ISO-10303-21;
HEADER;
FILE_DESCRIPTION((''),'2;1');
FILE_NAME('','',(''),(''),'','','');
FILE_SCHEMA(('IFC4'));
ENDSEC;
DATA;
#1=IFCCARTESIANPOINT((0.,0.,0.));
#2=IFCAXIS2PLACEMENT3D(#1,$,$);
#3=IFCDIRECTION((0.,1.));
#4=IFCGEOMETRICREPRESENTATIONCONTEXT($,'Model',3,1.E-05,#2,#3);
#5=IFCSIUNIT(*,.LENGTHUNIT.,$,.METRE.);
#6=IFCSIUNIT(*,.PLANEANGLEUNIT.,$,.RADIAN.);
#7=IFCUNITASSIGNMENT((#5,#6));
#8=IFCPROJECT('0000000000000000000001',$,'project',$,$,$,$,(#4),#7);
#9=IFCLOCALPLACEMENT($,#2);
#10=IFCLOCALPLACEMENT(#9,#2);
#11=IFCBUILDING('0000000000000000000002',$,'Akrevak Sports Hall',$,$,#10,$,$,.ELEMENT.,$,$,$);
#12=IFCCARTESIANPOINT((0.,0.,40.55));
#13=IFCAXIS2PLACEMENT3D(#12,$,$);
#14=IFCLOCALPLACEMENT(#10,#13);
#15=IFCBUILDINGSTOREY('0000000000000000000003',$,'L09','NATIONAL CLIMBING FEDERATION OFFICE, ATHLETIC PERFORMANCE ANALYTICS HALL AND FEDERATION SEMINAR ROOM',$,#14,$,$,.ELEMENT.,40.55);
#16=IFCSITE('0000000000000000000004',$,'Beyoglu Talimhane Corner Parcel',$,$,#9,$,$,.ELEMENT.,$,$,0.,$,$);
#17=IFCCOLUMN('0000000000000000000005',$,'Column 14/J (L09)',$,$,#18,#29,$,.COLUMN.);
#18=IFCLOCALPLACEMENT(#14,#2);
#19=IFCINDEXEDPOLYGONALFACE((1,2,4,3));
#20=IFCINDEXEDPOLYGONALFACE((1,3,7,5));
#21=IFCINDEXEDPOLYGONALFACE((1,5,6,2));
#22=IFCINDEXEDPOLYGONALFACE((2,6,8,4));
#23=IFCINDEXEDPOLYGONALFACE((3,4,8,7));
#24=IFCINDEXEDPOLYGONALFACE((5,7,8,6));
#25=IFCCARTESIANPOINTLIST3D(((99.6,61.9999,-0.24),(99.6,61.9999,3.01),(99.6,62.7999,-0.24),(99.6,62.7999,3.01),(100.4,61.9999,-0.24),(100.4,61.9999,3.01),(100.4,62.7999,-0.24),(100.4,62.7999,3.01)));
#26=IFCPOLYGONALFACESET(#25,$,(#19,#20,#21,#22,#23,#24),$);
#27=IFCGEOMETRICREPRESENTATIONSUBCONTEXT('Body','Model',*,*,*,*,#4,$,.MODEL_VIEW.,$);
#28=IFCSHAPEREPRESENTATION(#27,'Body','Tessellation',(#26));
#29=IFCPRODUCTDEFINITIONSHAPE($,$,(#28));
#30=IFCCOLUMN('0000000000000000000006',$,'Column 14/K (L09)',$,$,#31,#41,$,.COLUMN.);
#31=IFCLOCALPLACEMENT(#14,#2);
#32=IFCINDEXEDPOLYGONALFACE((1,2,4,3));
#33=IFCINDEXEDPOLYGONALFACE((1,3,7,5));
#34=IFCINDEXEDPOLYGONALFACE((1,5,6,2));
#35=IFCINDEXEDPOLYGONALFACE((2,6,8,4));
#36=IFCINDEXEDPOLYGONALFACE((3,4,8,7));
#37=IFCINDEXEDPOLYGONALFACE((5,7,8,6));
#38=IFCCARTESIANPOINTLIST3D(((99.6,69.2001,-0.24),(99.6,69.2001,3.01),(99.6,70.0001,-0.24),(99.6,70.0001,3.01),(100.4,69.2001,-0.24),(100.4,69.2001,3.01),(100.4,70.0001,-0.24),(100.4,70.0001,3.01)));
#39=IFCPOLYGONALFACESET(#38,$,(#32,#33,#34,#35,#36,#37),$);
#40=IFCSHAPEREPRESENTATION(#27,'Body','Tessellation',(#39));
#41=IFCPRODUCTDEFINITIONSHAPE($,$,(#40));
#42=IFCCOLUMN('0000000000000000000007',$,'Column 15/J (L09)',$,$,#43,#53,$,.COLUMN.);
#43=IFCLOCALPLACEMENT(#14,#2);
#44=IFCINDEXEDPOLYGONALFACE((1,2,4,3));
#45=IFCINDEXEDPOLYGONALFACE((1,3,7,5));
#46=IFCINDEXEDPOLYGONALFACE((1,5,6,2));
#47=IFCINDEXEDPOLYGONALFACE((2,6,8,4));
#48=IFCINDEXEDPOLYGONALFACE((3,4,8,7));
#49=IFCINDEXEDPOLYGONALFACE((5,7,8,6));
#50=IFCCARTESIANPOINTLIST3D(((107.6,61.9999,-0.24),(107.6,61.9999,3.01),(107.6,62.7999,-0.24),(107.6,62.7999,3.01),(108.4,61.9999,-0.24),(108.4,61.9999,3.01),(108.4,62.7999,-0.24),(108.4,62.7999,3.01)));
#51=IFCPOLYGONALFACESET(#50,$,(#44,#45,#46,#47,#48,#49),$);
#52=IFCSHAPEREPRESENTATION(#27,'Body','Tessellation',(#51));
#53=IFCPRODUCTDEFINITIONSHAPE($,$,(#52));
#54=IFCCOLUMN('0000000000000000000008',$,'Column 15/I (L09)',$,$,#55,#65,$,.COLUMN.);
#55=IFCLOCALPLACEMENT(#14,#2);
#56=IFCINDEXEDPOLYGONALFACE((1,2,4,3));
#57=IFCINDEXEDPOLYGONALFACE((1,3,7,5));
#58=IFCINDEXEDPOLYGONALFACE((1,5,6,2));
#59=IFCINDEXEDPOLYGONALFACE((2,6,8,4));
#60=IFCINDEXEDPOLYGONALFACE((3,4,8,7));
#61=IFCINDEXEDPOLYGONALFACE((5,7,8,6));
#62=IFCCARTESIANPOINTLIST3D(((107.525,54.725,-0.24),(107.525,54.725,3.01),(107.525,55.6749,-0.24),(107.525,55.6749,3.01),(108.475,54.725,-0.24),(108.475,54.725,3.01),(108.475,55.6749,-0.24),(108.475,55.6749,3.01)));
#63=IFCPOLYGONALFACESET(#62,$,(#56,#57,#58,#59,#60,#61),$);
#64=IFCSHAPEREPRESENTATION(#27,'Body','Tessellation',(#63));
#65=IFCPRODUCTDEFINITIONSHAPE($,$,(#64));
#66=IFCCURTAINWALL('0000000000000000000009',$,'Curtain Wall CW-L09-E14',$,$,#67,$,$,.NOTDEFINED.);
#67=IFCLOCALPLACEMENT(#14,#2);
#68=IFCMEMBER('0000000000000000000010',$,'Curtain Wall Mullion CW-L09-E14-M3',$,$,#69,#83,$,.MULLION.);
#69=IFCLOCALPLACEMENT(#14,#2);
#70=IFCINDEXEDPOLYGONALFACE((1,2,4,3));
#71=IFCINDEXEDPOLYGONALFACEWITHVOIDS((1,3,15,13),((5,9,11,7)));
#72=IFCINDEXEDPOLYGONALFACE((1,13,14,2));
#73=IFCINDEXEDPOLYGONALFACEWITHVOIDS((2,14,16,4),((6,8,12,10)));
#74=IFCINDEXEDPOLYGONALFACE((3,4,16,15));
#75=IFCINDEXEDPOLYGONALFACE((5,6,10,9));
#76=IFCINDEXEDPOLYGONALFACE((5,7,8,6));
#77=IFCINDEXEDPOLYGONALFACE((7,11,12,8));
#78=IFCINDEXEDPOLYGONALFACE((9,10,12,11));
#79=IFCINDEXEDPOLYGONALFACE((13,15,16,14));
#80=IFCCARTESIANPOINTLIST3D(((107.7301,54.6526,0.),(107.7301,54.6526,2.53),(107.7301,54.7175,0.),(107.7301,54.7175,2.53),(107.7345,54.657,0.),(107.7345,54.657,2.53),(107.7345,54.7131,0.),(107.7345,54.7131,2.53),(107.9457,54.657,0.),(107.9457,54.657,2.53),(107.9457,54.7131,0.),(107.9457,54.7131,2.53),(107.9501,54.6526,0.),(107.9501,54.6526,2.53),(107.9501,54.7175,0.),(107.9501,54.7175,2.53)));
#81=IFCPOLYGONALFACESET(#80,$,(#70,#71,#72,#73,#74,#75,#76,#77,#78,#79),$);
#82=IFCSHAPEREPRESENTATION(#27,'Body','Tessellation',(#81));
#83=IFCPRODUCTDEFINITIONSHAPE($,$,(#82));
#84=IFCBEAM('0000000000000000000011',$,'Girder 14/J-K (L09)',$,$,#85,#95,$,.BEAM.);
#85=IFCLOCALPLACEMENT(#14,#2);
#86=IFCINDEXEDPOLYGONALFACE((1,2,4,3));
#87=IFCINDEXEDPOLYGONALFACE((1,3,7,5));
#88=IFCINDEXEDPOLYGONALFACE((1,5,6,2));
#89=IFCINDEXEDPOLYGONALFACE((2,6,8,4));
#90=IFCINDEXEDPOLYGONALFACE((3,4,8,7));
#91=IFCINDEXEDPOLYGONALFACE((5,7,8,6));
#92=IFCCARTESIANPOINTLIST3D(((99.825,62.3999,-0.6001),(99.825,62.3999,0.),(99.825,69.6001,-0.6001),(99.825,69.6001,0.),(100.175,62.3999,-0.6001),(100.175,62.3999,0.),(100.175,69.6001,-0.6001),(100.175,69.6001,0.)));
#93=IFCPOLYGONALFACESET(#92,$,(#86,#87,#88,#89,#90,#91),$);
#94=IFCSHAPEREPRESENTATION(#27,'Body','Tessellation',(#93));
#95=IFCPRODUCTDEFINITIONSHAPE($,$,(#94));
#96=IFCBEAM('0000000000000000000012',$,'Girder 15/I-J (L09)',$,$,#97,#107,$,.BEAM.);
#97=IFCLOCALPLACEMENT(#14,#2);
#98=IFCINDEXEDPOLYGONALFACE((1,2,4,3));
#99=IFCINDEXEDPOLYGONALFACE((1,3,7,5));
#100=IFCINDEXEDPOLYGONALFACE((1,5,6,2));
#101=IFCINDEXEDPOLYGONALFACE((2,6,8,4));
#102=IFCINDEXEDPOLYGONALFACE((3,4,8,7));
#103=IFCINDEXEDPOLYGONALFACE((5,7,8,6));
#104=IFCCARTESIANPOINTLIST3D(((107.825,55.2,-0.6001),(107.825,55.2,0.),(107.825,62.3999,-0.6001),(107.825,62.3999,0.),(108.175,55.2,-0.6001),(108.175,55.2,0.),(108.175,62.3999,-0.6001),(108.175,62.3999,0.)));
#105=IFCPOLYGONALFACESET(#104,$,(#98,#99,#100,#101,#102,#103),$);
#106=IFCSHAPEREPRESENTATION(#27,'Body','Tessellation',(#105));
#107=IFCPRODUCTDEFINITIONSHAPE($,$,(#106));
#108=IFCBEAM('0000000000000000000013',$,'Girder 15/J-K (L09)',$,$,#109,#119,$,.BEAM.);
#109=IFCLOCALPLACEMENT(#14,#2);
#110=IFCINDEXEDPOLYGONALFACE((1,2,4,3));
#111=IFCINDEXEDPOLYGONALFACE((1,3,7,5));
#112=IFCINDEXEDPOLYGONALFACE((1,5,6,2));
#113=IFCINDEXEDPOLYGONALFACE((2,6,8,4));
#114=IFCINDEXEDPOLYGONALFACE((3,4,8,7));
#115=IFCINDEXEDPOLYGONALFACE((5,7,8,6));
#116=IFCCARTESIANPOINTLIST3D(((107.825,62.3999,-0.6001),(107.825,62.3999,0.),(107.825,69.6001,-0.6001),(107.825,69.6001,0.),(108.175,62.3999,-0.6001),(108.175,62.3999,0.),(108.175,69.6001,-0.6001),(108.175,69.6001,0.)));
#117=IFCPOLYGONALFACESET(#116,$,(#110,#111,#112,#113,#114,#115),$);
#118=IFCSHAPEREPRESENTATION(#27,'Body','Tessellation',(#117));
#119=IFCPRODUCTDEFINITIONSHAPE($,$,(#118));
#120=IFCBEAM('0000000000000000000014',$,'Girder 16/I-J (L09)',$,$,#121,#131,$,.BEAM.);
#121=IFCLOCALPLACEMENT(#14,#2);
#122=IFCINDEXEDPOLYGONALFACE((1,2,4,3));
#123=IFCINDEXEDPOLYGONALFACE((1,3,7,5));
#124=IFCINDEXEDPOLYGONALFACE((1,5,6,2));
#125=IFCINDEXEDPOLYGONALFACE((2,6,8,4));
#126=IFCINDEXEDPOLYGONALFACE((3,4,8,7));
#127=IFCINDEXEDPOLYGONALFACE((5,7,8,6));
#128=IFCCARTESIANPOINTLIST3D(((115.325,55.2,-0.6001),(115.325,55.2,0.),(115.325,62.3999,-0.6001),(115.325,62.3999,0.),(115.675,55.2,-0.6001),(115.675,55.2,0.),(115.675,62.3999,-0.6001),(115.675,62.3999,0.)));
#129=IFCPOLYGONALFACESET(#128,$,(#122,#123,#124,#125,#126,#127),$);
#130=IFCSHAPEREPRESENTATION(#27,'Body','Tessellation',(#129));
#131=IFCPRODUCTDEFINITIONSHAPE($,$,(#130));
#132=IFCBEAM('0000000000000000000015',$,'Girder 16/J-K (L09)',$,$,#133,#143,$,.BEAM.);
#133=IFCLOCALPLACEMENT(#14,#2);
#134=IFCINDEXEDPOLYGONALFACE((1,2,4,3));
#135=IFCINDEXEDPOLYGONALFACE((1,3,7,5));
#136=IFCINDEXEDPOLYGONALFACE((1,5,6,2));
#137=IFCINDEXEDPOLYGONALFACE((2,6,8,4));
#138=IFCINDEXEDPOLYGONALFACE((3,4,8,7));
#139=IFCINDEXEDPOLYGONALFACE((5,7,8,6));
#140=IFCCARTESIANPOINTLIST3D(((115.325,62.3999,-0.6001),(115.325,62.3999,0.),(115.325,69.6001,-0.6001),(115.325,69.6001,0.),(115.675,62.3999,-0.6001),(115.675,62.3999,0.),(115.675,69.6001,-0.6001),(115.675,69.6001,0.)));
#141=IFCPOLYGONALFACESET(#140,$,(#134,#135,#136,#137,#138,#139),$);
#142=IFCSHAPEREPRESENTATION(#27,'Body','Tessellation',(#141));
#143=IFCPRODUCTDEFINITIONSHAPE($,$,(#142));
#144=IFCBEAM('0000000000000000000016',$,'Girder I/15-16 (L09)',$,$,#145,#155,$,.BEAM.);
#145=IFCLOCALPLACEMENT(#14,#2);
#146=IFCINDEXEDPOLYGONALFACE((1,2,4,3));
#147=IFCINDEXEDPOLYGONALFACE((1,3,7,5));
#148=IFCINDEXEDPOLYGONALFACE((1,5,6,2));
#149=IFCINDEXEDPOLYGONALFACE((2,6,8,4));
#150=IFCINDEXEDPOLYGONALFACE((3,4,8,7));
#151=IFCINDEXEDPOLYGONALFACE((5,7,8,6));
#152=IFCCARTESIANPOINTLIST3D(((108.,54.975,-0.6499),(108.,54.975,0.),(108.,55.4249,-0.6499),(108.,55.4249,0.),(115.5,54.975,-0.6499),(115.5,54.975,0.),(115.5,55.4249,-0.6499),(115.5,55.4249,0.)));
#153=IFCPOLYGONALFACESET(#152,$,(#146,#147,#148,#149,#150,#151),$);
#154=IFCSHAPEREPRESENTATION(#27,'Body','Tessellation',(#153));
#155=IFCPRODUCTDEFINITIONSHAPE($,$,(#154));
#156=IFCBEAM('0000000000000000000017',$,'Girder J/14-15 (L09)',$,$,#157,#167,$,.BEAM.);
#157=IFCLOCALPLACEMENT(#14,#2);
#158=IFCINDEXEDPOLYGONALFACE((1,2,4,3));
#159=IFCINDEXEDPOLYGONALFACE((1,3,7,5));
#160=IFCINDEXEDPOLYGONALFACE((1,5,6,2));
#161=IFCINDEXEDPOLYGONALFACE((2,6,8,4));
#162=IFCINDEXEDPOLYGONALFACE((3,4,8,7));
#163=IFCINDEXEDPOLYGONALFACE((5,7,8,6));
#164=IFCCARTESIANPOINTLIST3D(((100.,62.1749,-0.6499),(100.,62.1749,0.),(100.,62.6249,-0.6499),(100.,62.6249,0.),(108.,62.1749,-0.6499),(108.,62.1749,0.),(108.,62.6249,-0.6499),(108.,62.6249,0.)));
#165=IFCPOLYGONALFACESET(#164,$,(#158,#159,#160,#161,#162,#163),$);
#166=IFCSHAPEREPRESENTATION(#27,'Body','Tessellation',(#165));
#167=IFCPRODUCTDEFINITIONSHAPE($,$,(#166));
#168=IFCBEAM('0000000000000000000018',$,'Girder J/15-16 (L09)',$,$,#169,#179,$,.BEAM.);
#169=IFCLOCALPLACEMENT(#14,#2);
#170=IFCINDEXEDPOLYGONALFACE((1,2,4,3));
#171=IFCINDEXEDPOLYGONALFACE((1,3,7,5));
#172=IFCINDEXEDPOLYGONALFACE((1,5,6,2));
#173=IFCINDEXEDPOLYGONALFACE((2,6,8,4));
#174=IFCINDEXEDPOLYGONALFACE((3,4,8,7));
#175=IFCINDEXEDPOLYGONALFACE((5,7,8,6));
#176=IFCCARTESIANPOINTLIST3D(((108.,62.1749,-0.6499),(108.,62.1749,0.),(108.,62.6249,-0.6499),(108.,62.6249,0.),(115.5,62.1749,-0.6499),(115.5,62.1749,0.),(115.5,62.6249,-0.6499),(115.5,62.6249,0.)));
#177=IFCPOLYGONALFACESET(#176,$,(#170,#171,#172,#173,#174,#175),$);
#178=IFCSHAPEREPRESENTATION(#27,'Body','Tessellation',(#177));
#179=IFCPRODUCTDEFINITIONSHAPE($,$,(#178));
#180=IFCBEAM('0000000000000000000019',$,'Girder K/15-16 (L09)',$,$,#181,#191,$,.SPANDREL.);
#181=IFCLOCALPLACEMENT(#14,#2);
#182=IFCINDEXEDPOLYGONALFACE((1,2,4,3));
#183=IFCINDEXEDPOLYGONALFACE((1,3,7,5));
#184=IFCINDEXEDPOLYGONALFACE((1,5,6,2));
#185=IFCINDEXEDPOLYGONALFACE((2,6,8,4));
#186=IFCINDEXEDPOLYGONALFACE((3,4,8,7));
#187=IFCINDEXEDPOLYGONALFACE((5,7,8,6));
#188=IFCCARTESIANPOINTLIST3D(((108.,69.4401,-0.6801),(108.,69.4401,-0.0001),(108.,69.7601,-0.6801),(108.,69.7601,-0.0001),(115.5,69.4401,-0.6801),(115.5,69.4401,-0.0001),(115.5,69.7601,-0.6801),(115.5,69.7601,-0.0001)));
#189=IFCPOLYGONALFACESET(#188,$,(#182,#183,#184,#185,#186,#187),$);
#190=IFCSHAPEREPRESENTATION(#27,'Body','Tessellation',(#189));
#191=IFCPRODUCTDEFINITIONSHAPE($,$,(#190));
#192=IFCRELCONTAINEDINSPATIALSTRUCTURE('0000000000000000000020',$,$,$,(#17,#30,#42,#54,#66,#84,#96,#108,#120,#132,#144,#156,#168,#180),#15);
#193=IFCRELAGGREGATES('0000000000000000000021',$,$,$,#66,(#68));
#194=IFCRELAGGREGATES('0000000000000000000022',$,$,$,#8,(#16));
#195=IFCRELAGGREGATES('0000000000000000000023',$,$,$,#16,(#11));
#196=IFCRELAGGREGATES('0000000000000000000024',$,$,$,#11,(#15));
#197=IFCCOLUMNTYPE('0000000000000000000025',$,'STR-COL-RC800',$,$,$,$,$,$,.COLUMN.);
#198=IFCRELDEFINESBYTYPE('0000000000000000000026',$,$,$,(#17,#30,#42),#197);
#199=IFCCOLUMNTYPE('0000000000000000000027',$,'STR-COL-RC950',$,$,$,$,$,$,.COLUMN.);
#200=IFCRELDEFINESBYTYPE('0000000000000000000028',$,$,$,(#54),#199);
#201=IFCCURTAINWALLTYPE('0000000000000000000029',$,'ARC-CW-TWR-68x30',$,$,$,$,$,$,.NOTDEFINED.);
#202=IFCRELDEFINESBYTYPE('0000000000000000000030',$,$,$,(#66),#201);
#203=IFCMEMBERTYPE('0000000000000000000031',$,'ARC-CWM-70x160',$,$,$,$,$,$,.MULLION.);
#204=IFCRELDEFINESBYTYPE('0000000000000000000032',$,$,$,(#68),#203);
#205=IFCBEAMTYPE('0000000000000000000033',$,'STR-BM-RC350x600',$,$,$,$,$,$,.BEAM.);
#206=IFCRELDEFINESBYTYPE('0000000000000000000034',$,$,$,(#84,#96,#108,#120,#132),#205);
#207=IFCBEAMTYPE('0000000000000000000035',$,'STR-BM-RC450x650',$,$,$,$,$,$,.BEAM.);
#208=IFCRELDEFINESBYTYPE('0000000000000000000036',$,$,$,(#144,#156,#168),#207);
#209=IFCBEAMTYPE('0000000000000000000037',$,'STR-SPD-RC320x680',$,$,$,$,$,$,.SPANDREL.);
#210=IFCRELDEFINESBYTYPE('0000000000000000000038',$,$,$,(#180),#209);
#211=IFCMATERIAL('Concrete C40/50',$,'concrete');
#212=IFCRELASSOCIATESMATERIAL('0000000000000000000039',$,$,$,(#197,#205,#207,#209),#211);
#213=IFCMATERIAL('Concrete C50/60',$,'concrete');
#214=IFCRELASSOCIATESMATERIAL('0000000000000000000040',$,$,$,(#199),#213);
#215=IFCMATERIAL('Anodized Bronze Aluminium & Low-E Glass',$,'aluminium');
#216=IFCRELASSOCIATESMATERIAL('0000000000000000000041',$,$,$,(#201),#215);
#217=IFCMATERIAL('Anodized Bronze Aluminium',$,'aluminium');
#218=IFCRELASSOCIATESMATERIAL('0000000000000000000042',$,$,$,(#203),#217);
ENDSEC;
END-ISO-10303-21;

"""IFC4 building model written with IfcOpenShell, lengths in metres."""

from ifc_helpers import new_model, si_unit, direction, frame, origin, origin_2d, place, context, subcontext, project, spatial, rectangle, hollow_rectangle, extrude, material, material_profile, profile_set, type_object, element, aggregate, save


model = new_model("IFC4")

# Units and contexts
model_context = context("Model", 3, precision=1e-05, world=origin(), true_north=direction((0.0, 1.0)))
body_context = subcontext(model_context, "Body", "Model", "MODEL_VIEW")
ifc_project = project(units=[si_unit("LENGTHUNIT", "METRE"), si_unit("PLANEANGLEUNIT", "RADIAN")], contexts=[model_context])

# Site, building, storey
site_placement = place(None, origin())
site = spatial("IfcSite", under=ifc_project, at=site_placement, Name="Beyoglu Talimhane Corner Parcel", CompositionType="ELEMENT", RefElevation=0.0)
building_placement = place(site_placement, origin())
building = spatial("IfcBuilding", under=site, at=building_placement, Name="Akrevak Sports Hall", CompositionType="ELEMENT")
storey_placement = place(building_placement, frame((0.0, 0.0, 40.55)))
storey = spatial("IfcBuildingStorey", under=building, at=storey_placement, Name="L09", Description="NATIONAL CLIMBING FEDERATION OFFICE, ATHLETIC PERFORMANCE ANALYTICS HALL AND FEDERATION SEMINAR ROOM", CompositionType="ELEMENT", Elevation=40.55)

# Columns
ifc_material_1 = material(Name="Concrete C40/50", Category="concrete")
ifc_material_profile_1 = material_profile(ifc_material_1, rectangle(XDim=0.8, YDim=0.8, at=origin_2d()), Name="RC 800x800", Category="concrete")
ifc_profile_set_1 = profile_set([ifc_material_profile_1], Name="Concrete C40/50")
column_type_1 = type_object("IfcColumnType", Name="STR-COL-RC800", PredefinedType="COLUMN", material=ifc_profile_set_1)
for number, where, z_axis, x_axis, name in (
    (1, (100.0, 62.3999, -0.24), (0.0, 0.0, 1.0), (1.0, 0.0, 0.0), "Column 14/J (L09)"),
    (2, (100.0, 69.6001, -0.24), (0.0, 0.0, 1.0), (1.0, 0.0, 0.0), "Column 14/K (L09)"),
    (3, (108.0, 62.3999, -0.24), (0.0, 0.0, 1.0), (1.0, 0.0, 0.0), "Column 15/J (L09)"),
):
    element("IfcColumn", number, at=place(storey_placement, frame(where, z_axis=z_axis, x_axis=x_axis)), inside=storey, type_object=column_type_1, Name=name, PredefinedType="COLUMN", context=body_context, shape_type="SweptSolid", body=[
        extrude(rectangle(XDim=0.8, YDim=0.8, at=origin_2d()), origin(), (0.0, 0.0, 1.0), 3.25),
    ])
ifc_material_2 = material(Name="Concrete C50/60", Category="concrete")
ifc_material_profile_2 = material_profile(ifc_material_2, rectangle(XDim=0.95, YDim=0.95, at=origin_2d()), Name="RC 950x950", Category="concrete")
ifc_profile_set_2 = profile_set([ifc_material_profile_2], Name="Concrete C50/60")
column_type_2 = type_object("IfcColumnType", Name="STR-COL-RC950", PredefinedType="COLUMN", material=ifc_profile_set_2)
column_placement = place(storey_placement, frame((108.0, 55.2, -0.24), z_axis=(0.0, 0.0, 1.0), x_axis=(1.0, 0.0, 0.0)))
element("IfcColumn", 4, at=column_placement, inside=storey, type_object=column_type_2, Name="Column 15/I (L09)", PredefinedType="COLUMN", context=body_context, shape_type="SweptSolid", body=[
    extrude(rectangle(XDim=0.95, YDim=0.95, at=origin_2d()), origin(), (0.0, 0.0, 1.0), 3.25),
])

# Curtain wall, member
ifc_material_3 = material(Name="Anodized Bronze Aluminium & Low-E Glass", Category="aluminium")
curtain_wall_type = type_object("IfcCurtainWallType", Name="ARC-CW-TWR-68x30", PredefinedType="NOTDEFINED", material=ifc_material_3)
curtain_wall_placement = place(storey_placement, origin())
curtain_wall = element("IfcCurtainWall", 5, at=curtain_wall_placement, inside=storey, type_object=curtain_wall_type, Name="Curtain Wall CW-L09-E14", PredefinedType="NOTDEFINED")
ifc_material_4 = material(Name="Anodized Bronze Aluminium", Category="aluminium")
ifc_material_profile_3 = material_profile(ifc_material_4, hollow_rectangle(XDim=0.0649, YDim=0.22, WallThickness=0.0044, at=origin_2d()), Name="CWM 65x220", Category="aluminium")
ifc_profile_set_3 = profile_set([ifc_material_profile_3], Name="Anodized Bronze Aluminium")
member_type = type_object("IfcMemberType", Name="ARC-CWM-70x160", PredefinedType="MULLION", material=ifc_profile_set_3)
member_placement = place(storey_placement, frame((107.8401, 54.6851, 0.0), z_axis=(0.0, 0.0, 1.0), x_axis=(0.0, 1.0, 0.0)))
member = element("IfcMember", 6, at=member_placement, type_object=member_type, Name="Curtain Wall Mullion CW-L09-E14-M3", PredefinedType="MULLION", context=body_context, shape_type="SweptSolid", body=[
    extrude(hollow_rectangle(XDim=0.0649, YDim=0.22, WallThickness=0.0044, at=origin_2d()), origin(), (0.0, 0.0, 1.0), 2.53),
])
aggregate(curtain_wall, [member])

# Beams
ifc_material_profile_4 = material_profile(ifc_material_1, rectangle(XDim=0.3501, YDim=0.6001, at=origin_2d()), Name="BM 350x600", Category="concrete")
ifc_profile_set_4 = profile_set([ifc_material_profile_4], Name="Concrete C40/50")
beam_type_1 = type_object("IfcBeamType", Name="STR-BM-RC350x600", PredefinedType="BEAM", material=ifc_profile_set_4)
beam_1_placement = place(storey_placement, frame((100.0, 62.3999, -0.3), z_axis=(0.0, 1.0, 0.0), x_axis=(-1.0, 0.0, 0.0)))
element("IfcBeam", 7, at=beam_1_placement, inside=storey, type_object=beam_type_1, Name="Girder 14/J-K (L09)", PredefinedType="BEAM", context=body_context, shape_type="SweptSolid", body=[
    extrude(rectangle(XDim=0.3501, YDim=0.6001, at=origin_2d()), origin(), (0.0, 0.0, 1.0), 7.2002),
])
beam_2_placement = place(storey_placement, frame((108.0, 55.2, -0.3), z_axis=(0.0, 1.0, 0.0), x_axis=(-1.0, 0.0, 0.0)))
element("IfcBeam", 8, at=beam_2_placement, inside=storey, type_object=beam_type_1, Name="Girder 15/I-J (L09)", PredefinedType="BEAM", context=body_context, shape_type="SweptSolid", body=[
    extrude(rectangle(XDim=0.3501, YDim=0.6001, at=origin_2d()), origin(), (0.0, 0.0, 1.0), 7.2),
])
beam_3_placement = place(storey_placement, frame((108.0, 62.3999, -0.3), z_axis=(0.0, 1.0, 0.0), x_axis=(-1.0, 0.0, 0.0)))
element("IfcBeam", 9, at=beam_3_placement, inside=storey, type_object=beam_type_1, Name="Girder 15/J-K (L09)", PredefinedType="BEAM", context=body_context, shape_type="SweptSolid", body=[
    extrude(rectangle(XDim=0.3501, YDim=0.6001, at=origin_2d()), origin(), (0.0, 0.0, 1.0), 7.2002),
])
beam_4_placement = place(storey_placement, frame((115.5, 55.2, -0.3), z_axis=(0.0, 1.0, 0.0), x_axis=(-1.0, 0.0, 0.0)))
element("IfcBeam", 10, at=beam_4_placement, inside=storey, type_object=beam_type_1, Name="Girder 16/I-J (L09)", PredefinedType="BEAM", context=body_context, shape_type="SweptSolid", body=[
    extrude(rectangle(XDim=0.3501, YDim=0.6001, at=origin_2d()), origin(), (0.0, 0.0, 1.0), 7.2),
])
beam_5_placement = place(storey_placement, frame((115.5, 62.3999, -0.3), z_axis=(0.0, 1.0, 0.0), x_axis=(-1.0, 0.0, 0.0)))
element("IfcBeam", 11, at=beam_5_placement, inside=storey, type_object=beam_type_1, Name="Girder 16/J-K (L09)", PredefinedType="BEAM", context=body_context, shape_type="SweptSolid", body=[
    extrude(rectangle(XDim=0.3501, YDim=0.6001, at=origin_2d()), origin(), (0.0, 0.0, 1.0), 7.2002),
])
ifc_material_profile_5 = material_profile(ifc_material_1, rectangle(XDim=0.45, YDim=0.6499, at=origin_2d()), Name="BM 450x650", Category="concrete")
ifc_profile_set_5 = profile_set([ifc_material_profile_5], Name="Concrete C40/50")
beam_type_2 = type_object("IfcBeamType", Name="STR-BM-RC450x650", PredefinedType="BEAM", material=ifc_profile_set_5)
beam_6_placement = place(storey_placement, frame((108.0, 55.2, -0.325), z_axis=(1.0, 0.0, 0.0), x_axis=(0.0, 1.0, 0.0)))
element("IfcBeam", 12, at=beam_6_placement, inside=storey, type_object=beam_type_2, Name="Girder I/15-16 (L09)", PredefinedType="BEAM", context=body_context, shape_type="SweptSolid", body=[
    extrude(rectangle(XDim=0.45, YDim=0.6499, at=origin_2d()), origin(), (0.0, 0.0, 1.0), 7.5),
])
beam_7_placement = place(storey_placement, frame((100.0, 62.3999, -0.325), z_axis=(1.0, 0.0, 0.0), x_axis=(0.0, 1.0, 0.0)))
element("IfcBeam", 13, at=beam_7_placement, inside=storey, type_object=beam_type_2, Name="Girder J/14-15 (L09)", PredefinedType="BEAM", context=body_context, shape_type="SweptSolid", body=[
    extrude(rectangle(XDim=0.45, YDim=0.6499, at=origin_2d()), origin(), (0.0, 0.0, 1.0), 8.0),
])
beam_8_placement = place(storey_placement, frame((108.0, 62.3999, -0.325), z_axis=(1.0, 0.0, 0.0), x_axis=(0.0, 1.0, 0.0)))
element("IfcBeam", 14, at=beam_8_placement, inside=storey, type_object=beam_type_2, Name="Girder J/15-16 (L09)", PredefinedType="BEAM", context=body_context, shape_type="SweptSolid", body=[
    extrude(rectangle(XDim=0.45, YDim=0.6499, at=origin_2d()), origin(), (0.0, 0.0, 1.0), 7.5),
])
ifc_material_profile_6 = material_profile(ifc_material_1, rectangle(XDim=0.3201, YDim=0.6799, at=origin_2d()), Name="SPD 320x680", Category="concrete")
ifc_profile_set_6 = profile_set([ifc_material_profile_6], Name="Concrete C40/50")
beam_type_3 = type_object("IfcBeamType", Name="STR-SPD-RC320x680", PredefinedType="SPANDREL", material=ifc_profile_set_6)
beam_9_placement = place(storey_placement, frame((108.0, 69.6001, -0.3401), z_axis=(1.0, 0.0, 0.0), x_axis=(0.0, 1.0, 0.0)))
element("IfcBeam", 15, at=beam_9_placement, inside=storey, type_object=beam_type_3, Name="Girder K/15-16 (L09)", PredefinedType="SPANDREL", context=body_context, shape_type="SweptSolid", body=[
    extrude(rectangle(XDim=0.3201, YDim=0.6799, at=origin_2d()), origin(), (0.0, 0.0, 1.0), 7.5),
])

save(model, "model.ifc")
